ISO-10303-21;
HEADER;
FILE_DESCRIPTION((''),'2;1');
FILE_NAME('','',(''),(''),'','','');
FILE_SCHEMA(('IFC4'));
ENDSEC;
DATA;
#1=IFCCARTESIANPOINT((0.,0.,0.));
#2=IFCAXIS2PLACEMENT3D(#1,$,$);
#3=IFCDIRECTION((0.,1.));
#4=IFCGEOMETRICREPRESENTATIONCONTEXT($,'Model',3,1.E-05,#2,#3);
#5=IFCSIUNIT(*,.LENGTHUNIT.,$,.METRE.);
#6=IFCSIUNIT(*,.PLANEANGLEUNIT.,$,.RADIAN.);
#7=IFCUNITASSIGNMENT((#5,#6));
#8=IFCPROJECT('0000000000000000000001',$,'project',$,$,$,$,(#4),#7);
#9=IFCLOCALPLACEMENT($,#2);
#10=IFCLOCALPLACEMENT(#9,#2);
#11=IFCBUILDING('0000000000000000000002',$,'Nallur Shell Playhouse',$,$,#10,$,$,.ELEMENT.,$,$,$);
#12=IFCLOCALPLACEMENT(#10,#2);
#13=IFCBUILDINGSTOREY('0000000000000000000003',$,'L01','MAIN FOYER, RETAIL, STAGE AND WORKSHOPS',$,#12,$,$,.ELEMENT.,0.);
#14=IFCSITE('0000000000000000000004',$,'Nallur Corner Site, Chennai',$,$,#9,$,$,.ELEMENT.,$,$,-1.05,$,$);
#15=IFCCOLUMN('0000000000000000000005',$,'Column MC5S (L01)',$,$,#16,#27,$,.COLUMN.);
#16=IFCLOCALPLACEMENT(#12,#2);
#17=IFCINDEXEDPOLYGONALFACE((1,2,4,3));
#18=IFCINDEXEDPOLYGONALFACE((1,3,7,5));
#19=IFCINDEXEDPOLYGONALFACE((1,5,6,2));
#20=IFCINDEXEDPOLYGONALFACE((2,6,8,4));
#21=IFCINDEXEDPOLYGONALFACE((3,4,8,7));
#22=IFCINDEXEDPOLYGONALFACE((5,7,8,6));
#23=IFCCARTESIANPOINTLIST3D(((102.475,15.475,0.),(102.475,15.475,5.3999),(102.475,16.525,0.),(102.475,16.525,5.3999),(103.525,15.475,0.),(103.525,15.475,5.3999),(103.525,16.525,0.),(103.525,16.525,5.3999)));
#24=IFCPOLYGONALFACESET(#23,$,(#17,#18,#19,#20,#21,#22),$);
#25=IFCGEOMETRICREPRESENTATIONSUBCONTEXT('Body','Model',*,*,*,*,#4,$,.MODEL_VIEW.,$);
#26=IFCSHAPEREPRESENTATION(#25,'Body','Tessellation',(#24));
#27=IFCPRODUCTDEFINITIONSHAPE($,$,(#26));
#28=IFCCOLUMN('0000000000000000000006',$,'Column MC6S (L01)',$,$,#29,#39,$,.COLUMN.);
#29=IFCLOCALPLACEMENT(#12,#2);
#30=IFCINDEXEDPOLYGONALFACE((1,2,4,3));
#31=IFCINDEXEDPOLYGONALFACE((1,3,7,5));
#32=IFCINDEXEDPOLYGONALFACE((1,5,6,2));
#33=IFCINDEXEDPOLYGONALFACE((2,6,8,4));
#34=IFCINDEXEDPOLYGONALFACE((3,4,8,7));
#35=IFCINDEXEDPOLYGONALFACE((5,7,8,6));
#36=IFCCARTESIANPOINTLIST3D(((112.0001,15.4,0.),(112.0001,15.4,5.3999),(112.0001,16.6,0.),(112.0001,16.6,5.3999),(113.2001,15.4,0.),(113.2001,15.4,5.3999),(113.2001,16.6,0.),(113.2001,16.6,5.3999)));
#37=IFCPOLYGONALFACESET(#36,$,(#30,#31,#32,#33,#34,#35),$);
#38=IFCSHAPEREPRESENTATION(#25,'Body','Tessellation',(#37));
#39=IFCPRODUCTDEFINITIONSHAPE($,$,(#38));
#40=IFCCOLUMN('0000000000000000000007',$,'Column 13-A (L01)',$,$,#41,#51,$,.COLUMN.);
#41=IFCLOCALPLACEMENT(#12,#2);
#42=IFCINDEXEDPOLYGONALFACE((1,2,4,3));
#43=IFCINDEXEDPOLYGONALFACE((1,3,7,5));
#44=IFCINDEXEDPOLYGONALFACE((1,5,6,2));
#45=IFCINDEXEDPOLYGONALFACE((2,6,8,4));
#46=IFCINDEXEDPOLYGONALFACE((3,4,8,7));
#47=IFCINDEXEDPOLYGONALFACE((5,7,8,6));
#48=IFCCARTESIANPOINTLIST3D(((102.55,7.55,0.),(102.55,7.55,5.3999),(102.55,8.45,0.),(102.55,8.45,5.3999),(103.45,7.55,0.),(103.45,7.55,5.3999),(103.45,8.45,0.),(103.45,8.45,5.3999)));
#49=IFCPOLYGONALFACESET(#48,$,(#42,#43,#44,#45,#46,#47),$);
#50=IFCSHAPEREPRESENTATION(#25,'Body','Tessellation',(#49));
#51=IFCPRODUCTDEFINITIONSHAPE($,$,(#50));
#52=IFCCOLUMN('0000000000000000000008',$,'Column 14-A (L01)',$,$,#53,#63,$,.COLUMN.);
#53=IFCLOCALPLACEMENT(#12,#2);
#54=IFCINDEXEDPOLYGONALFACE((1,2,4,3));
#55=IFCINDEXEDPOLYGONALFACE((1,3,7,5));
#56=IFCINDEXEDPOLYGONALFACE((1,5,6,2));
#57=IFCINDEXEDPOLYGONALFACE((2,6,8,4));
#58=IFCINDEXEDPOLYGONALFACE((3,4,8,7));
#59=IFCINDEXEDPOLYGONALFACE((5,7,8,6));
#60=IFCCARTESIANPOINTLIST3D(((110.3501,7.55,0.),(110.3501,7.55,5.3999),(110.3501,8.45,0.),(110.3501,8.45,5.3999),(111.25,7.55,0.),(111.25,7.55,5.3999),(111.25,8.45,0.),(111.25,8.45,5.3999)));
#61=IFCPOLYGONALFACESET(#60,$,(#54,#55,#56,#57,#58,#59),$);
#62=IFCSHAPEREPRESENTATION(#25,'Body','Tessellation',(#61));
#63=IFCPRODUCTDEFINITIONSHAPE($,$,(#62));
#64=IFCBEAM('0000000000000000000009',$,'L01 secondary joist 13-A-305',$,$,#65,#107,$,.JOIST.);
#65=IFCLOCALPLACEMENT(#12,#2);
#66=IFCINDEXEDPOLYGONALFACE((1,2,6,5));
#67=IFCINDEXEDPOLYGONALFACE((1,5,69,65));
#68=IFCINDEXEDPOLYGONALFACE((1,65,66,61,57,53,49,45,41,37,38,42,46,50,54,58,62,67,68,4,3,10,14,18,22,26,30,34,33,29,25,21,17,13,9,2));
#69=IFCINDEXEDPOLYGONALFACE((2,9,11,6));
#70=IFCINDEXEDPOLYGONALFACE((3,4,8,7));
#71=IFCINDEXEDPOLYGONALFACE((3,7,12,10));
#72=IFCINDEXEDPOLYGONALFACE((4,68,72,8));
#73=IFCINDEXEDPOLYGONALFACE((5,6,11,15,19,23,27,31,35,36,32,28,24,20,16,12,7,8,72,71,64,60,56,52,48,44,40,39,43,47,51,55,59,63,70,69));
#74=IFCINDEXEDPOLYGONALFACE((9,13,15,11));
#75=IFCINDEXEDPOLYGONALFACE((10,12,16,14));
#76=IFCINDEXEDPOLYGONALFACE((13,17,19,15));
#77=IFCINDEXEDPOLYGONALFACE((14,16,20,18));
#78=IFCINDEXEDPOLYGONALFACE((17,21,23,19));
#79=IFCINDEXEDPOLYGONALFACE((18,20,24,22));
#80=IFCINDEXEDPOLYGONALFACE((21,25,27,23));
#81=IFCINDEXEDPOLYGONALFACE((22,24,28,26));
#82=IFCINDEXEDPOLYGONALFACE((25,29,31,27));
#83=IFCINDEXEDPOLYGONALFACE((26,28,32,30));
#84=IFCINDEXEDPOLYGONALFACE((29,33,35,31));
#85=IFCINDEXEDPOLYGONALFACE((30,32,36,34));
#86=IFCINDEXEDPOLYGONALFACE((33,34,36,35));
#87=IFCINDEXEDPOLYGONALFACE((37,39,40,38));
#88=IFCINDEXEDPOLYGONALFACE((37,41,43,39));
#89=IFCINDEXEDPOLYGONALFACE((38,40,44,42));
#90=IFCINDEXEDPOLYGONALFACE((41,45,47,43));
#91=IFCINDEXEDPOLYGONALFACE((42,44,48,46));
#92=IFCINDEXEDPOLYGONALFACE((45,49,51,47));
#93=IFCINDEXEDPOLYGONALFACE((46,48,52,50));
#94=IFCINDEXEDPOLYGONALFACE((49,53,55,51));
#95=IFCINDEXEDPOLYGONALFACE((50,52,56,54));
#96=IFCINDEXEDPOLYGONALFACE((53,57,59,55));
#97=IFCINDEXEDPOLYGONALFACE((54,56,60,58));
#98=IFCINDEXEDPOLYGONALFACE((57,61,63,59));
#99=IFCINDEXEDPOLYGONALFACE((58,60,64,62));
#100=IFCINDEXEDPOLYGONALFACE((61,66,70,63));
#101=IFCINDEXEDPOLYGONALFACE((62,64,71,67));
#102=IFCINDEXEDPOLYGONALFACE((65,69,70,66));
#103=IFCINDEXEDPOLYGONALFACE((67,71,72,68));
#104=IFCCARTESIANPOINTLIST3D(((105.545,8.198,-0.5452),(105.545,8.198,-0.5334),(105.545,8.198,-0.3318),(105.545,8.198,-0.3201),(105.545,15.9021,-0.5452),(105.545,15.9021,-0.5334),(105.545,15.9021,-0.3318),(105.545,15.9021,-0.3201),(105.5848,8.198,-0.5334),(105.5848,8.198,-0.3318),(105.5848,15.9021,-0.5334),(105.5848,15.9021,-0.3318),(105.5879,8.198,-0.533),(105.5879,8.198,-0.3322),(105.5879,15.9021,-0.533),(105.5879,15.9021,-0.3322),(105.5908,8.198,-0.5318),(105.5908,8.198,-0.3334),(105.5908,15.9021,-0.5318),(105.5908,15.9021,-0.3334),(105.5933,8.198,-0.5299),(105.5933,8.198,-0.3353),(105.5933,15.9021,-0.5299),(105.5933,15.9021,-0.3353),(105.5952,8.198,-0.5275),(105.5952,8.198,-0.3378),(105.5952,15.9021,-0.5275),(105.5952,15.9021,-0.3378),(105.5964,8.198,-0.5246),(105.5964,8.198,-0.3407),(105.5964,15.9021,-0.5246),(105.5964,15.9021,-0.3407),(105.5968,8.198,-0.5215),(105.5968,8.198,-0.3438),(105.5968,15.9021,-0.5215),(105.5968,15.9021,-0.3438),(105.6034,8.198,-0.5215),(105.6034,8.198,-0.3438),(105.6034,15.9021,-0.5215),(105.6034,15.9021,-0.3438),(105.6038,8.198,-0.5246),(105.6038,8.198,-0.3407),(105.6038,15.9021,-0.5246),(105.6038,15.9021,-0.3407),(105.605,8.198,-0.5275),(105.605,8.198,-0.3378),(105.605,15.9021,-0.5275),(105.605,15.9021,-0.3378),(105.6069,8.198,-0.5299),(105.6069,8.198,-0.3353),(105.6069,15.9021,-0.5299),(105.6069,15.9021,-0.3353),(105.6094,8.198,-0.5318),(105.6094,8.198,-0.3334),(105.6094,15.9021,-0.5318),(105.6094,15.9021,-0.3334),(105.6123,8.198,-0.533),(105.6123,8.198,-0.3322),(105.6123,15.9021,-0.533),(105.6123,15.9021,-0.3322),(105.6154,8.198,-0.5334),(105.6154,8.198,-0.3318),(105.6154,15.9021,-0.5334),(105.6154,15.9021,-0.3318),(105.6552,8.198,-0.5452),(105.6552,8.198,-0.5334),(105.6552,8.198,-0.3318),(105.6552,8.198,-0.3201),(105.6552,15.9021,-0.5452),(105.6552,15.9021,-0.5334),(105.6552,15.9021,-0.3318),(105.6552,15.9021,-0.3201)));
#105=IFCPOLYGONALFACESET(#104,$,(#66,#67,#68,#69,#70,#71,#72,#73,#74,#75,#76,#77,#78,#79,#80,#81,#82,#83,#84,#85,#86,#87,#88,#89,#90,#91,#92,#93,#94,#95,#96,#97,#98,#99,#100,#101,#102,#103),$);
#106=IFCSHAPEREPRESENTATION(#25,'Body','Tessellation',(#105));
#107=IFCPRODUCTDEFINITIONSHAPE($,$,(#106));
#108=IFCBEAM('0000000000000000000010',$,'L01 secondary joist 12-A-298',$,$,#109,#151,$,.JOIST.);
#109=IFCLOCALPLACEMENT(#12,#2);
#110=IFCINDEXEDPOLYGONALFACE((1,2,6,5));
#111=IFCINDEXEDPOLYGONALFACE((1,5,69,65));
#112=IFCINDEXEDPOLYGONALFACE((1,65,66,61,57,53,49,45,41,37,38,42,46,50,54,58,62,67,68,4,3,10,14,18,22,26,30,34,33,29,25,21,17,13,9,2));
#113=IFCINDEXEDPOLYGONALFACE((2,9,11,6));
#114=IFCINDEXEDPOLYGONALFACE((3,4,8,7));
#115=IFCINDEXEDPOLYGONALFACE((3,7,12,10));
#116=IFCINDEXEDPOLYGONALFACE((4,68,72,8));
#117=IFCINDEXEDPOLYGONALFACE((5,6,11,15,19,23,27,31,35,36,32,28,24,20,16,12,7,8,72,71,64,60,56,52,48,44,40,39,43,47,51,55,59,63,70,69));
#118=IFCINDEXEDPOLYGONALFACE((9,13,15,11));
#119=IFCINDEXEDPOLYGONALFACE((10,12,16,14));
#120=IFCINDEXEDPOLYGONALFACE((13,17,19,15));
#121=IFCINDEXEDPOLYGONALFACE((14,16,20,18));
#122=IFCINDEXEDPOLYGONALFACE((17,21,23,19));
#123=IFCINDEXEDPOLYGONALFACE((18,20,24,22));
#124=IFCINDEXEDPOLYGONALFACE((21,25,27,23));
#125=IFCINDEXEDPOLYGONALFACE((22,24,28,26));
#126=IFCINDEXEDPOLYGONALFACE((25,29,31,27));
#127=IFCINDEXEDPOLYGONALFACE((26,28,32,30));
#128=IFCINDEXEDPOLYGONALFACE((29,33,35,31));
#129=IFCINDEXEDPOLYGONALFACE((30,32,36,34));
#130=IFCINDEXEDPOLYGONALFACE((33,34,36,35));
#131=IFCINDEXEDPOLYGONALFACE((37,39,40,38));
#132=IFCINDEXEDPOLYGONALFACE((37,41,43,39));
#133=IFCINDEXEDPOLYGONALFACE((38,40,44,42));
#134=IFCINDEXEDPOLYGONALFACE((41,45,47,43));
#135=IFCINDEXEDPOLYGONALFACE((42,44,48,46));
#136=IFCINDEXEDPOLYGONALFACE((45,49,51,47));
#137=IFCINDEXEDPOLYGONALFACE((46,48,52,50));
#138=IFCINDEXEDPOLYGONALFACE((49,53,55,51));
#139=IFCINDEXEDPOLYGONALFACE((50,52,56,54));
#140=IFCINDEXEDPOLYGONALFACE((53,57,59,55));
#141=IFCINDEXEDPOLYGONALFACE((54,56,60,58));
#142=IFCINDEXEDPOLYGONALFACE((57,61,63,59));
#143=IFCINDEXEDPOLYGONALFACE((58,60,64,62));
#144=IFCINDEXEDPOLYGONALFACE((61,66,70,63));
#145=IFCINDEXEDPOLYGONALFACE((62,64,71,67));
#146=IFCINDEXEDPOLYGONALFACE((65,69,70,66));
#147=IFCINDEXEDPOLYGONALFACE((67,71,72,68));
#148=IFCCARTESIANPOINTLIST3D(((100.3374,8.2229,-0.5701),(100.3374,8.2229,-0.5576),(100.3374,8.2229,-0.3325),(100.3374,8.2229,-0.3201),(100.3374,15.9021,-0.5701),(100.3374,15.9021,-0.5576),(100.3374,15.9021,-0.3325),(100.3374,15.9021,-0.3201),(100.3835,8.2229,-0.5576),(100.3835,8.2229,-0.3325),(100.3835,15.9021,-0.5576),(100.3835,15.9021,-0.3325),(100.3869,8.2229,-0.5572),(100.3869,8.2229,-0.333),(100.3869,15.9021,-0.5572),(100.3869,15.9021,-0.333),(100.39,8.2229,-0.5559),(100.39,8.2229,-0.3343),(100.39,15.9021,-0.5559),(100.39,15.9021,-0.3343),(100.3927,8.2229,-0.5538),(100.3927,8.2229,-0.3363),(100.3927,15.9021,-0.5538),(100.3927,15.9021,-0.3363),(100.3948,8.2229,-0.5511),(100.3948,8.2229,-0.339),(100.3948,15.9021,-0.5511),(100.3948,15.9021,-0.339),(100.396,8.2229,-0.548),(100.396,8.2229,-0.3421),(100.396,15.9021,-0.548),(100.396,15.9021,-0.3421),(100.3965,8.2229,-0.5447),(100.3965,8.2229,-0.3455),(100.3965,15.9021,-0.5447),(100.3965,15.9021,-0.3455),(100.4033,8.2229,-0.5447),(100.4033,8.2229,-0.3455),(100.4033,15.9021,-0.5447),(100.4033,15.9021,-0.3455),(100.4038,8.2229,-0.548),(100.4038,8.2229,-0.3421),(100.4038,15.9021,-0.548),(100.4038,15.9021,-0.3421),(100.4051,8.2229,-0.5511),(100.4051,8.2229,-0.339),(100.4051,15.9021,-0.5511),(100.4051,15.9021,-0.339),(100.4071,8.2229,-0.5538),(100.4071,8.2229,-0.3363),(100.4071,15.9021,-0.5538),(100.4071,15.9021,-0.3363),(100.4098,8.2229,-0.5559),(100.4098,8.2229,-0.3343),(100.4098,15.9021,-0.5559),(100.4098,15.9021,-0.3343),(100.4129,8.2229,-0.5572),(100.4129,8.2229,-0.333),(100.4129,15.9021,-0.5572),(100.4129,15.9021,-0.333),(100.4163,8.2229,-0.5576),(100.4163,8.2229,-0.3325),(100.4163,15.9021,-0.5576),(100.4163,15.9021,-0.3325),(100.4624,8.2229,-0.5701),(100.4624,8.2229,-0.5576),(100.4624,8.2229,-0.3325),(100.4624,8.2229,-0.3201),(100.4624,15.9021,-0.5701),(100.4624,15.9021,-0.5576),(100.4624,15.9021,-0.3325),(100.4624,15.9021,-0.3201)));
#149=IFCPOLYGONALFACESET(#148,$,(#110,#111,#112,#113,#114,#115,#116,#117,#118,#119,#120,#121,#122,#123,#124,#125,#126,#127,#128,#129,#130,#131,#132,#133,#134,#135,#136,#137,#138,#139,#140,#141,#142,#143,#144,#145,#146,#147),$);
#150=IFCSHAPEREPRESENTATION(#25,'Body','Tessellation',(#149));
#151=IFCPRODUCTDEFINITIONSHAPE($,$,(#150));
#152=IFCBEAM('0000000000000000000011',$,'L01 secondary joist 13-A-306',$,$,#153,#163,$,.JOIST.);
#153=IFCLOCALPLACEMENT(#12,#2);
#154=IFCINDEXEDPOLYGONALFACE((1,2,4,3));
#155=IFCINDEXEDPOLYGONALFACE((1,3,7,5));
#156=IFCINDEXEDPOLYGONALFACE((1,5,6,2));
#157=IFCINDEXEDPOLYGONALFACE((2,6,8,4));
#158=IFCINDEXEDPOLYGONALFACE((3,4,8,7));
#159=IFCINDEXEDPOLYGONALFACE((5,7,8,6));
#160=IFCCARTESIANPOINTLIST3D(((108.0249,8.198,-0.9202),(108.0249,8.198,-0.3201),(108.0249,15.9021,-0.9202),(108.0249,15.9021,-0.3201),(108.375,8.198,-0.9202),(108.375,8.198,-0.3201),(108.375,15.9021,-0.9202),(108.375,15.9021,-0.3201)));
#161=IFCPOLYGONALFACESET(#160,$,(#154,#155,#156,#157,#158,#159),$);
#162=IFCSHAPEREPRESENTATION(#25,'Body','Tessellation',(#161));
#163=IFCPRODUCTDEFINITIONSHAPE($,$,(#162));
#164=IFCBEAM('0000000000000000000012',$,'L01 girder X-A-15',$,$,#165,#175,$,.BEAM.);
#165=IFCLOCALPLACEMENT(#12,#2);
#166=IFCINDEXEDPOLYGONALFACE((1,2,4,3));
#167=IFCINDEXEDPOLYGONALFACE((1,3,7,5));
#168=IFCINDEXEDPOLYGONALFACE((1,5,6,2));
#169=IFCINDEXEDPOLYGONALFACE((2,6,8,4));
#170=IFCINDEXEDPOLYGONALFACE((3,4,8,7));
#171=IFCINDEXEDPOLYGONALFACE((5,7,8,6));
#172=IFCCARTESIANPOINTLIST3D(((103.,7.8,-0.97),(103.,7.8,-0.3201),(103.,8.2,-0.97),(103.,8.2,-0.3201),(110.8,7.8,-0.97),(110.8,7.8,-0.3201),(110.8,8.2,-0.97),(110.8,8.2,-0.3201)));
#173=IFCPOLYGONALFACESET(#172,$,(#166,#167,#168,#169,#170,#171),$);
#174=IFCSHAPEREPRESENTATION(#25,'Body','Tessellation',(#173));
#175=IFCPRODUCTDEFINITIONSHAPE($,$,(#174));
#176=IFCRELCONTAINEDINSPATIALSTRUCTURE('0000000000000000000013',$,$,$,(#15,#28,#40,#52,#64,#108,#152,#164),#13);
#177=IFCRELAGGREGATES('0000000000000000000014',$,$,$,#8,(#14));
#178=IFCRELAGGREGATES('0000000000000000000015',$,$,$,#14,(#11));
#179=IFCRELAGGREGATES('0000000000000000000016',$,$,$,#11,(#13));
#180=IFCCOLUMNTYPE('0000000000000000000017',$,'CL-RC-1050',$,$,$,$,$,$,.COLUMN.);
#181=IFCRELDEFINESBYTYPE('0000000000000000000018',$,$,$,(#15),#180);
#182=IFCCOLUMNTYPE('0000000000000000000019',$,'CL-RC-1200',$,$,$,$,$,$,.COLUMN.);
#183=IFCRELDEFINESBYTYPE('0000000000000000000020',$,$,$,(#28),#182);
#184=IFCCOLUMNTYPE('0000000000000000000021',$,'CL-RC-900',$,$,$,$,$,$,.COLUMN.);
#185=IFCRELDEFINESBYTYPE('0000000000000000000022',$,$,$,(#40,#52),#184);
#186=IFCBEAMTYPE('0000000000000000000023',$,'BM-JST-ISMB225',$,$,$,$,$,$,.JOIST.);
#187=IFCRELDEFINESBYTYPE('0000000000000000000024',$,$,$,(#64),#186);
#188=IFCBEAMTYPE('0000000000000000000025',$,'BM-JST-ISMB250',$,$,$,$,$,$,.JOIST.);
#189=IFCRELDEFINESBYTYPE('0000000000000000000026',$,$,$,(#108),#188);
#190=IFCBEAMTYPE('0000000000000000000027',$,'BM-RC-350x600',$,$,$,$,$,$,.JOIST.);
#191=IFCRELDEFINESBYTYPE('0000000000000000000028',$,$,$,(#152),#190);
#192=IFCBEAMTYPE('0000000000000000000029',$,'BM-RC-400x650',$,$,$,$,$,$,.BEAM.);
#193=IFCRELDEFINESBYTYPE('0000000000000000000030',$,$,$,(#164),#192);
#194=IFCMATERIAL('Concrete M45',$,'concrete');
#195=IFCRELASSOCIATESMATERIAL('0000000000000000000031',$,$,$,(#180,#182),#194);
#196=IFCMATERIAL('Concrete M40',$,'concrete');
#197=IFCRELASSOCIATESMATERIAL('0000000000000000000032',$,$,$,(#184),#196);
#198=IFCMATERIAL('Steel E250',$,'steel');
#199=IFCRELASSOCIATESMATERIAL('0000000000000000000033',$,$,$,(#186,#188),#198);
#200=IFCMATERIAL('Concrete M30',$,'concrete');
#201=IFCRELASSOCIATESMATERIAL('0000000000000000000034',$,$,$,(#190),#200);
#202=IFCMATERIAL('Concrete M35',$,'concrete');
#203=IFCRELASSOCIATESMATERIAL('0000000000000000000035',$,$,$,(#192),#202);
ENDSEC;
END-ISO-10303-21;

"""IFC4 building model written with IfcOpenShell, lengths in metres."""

from ifc_helpers import new_model, si_unit, direction, frame, origin, origin_2d, place, context, subcontext, project, spatial, rectangle, i_section, extrude, material, material_profile, profile_set, type_object, element, save


model = new_model("IFC4")

# Units and contexts
model_context = context("Model", 3, precision=1e-05, world=origin(), true_north=direction((0.0, 1.0)))
body_context = subcontext(model_context, "Body", "Model", "MODEL_VIEW")
ifc_project = project(units=[si_unit("LENGTHUNIT", "METRE"), si_unit("PLANEANGLEUNIT", "RADIAN")], contexts=[model_context])

# Site, building, storey
site_placement = place(None, origin())
site = spatial("IfcSite", under=ifc_project, at=site_placement, Name="Nallur Corner Site, Chennai", CompositionType="ELEMENT", RefElevation=-1.05)
building_placement = place(site_placement, origin())
building = spatial("IfcBuilding", under=site, at=building_placement, Name="Nallur Shell Playhouse", CompositionType="ELEMENT")
storey_placement = place(building_placement, origin())
storey = spatial("IfcBuildingStorey", under=building, at=storey_placement, Name="L01", Description="MAIN FOYER, RETAIL, STAGE AND WORKSHOPS", CompositionType="ELEMENT", Elevation=0.0)

# Columns
ifc_material_1 = material(Name="Concrete M45", Category="concrete")
ifc_material_profile_1 = material_profile(ifc_material_1, rectangle(XDim=1.05, YDim=1.05, at=origin_2d()), Name="RC 1050x1050")
ifc_profile_set_1 = profile_set([ifc_material_profile_1], Name="Concrete M45")
column_type_1 = type_object("IfcColumnType", Name="CL-RC-1050", PredefinedType="COLUMN", material=ifc_profile_set_1)
column_1_placement = place(storey_placement, frame((103.0, 16.0, 0.0), z_axis=(0.0, 0.0, 1.0), x_axis=(1.0, 0.0, 0.0)))
element("IfcColumn", 1, at=column_1_placement, inside=storey, type_object=column_type_1, Name="Column MC5S (L01)", PredefinedType="COLUMN", context=body_context, shape_type="SweptSolid", body=[
    extrude(rectangle(XDim=1.05, YDim=1.05, at=origin_2d()), origin(), (0.0, 0.0, 1.0), 5.3999),
])
ifc_material_profile_2 = material_profile(ifc_material_1, rectangle(XDim=1.2, YDim=1.2, at=origin_2d()), Name="RC 1200x1200")
ifc_profile_set_2 = profile_set([ifc_material_profile_2], Name="Concrete M45")
column_type_2 = type_object("IfcColumnType", Name="CL-RC-1200", PredefinedType="COLUMN", material=ifc_profile_set_2)
column_2_placement = place(storey_placement, frame((112.6001, 16.0, 0.0), z_axis=(0.0, 0.0, 1.0), x_axis=(1.0, 0.0, 0.0)))
element("IfcColumn", 2, at=column_2_placement, inside=storey, type_object=column_type_2, Name="Column MC6S (L01)", PredefinedType="COLUMN", context=body_context, shape_type="SweptSolid", body=[
    extrude(rectangle(XDim=1.2, YDim=1.2, at=origin_2d()), origin(), (0.0, 0.0, 1.0), 5.3999),
])
ifc_material_2 = material(Name="Concrete M40", Category="concrete")
ifc_material_profile_3 = material_profile(ifc_material_2, rectangle(XDim=0.8999, YDim=0.8999, at=origin_2d()), Name="RC 900x900")
ifc_profile_set_3 = profile_set([ifc_material_profile_3], Name="Concrete M40")
column_type_3 = type_object("IfcColumnType", Name="CL-RC-900", PredefinedType="COLUMN", material=ifc_profile_set_3)
for number, where, z_axis, x_axis, name in (
    (3, (103.0, 8.0, 0.0), (0.0, 0.0, 1.0), (1.0, 0.0, 0.0), "Column 13-A (L01)"),
    (4, (110.8, 8.0, 0.0), (0.0, 0.0, 1.0), (1.0, 0.0, 0.0), "Column 14-A (L01)"),
):
    element("IfcColumn", number, at=place(storey_placement, frame(where, z_axis=z_axis, x_axis=x_axis)), inside=storey, type_object=column_type_3, Name=name, PredefinedType="COLUMN", context=body_context, shape_type="SweptSolid", body=[
        extrude(rectangle(XDim=0.8999, YDim=0.8999, at=origin_2d()), origin(), (0.0, 0.0, 1.0), 5.3999),
    ])

# Beams
ifc_material_3 = material(Name="Steel E250", Category="steel")
ifc_material_profile_4 = material_profile(ifc_material_3, i_section(OverallWidth=0.1101, OverallDepth=0.2251, WebThickness=0.0066, FlangeThickness=0.0117, FilletRadius=0.012, at=origin_2d()), Name="ISMB 225")
ifc_profile_set_4 = profile_set([ifc_material_profile_4], Name="Steel E250")
beam_type_1 = type_object("IfcBeamType", Name="BM-JST-ISMB225", PredefinedType="JOIST", material=ifc_profile_set_4)
beam_1_placement = place(storey_placement, frame((105.6001, 8.198, -0.4326), z_axis=(0.0, 1.0, 0.0), x_axis=(-1.0, 0.0, 0.0)))
element("IfcBeam", 5, at=beam_1_placement, inside=storey, type_object=beam_type_1, Name="L01 secondary joist 13-A-305", PredefinedType="JOIST", context=body_context, shape_type="SweptSolid", body=[
    extrude(i_section(OverallWidth=0.1101, OverallDepth=0.2251, WebThickness=0.0066, FlangeThickness=0.0117, FilletRadius=0.012, at=origin_2d()), origin(), (0.0, 0.0, 1.0), 7.7041),
])
ifc_material_profile_5 = material_profile(ifc_material_3, i_section(OverallWidth=0.125, OverallDepth=0.25, WebThickness=0.0068, FlangeThickness=0.0125, FilletRadius=0.0129, at=origin_2d()), Name="ISMB 250")
ifc_profile_set_5 = profile_set([ifc_material_profile_5], Name="Steel E250")
beam_type_2 = type_object("IfcBeamType", Name="BM-JST-ISMB250", PredefinedType="JOIST", material=ifc_profile_set_5)
beam_2_placement = place(storey_placement, frame((100.3999, 8.2229, -0.4451), z_axis=(0.0, 1.0, 0.0), x_axis=(-1.0, 0.0, 0.0)))
element("IfcBeam", 6, at=beam_2_placement, inside=storey, type_object=beam_type_2, Name="L01 secondary joist 12-A-298", PredefinedType="JOIST", context=body_context, shape_type="SweptSolid", body=[
    extrude(i_section(OverallWidth=0.125, OverallDepth=0.25, WebThickness=0.0068, FlangeThickness=0.0125, FilletRadius=0.0129, at=origin_2d()), origin(), (0.0, 0.0, 1.0), 7.6792),
])
ifc_material_4 = material(Name="Concrete M30", Category="concrete")
ifc_material_profile_6 = material_profile(ifc_material_4, rectangle(XDim=0.3501, YDim=0.6001, at=origin_2d()), Name="RC 350x600")
ifc_profile_set_6 = profile_set([ifc_material_profile_6], Name="Concrete M30")
beam_type_3 = type_object("IfcBeamType", Name="BM-RC-350x600", PredefinedType="JOIST", material=ifc_profile_set_6)
beam_3_placement = place(storey_placement, frame((108.2, 8.198, -0.6201), z_axis=(0.0, 1.0, 0.0), x_axis=(-1.0, 0.0, 0.0)))
element("IfcBeam", 7, at=beam_3_placement, inside=storey, type_object=beam_type_3, Name="L01 secondary joist 13-A-306", PredefinedType="JOIST", context=body_context, shape_type="SweptSolid", body=[
    extrude(rectangle(XDim=0.3501, YDim=0.6001, at=origin_2d()), origin(), (0.0, 0.0, 1.0), 7.7041),
])
ifc_material_5 = material(Name="Concrete M35", Category="concrete")
ifc_material_profile_7 = material_profile(ifc_material_5, rectangle(XDim=0.3999, YDim=0.6499, at=origin_2d()), Name="RC 400x650")
ifc_profile_set_7 = profile_set([ifc_material_profile_7], Name="Concrete M35")
beam_type_4 = type_object("IfcBeamType", Name="BM-RC-400x650", PredefinedType="BEAM", material=ifc_profile_set_7)
beam_4_placement = place(storey_placement, frame((103.0, 8.0, -0.645), z_axis=(1.0, 0.0, 0.0), x_axis=(0.0, 1.0, 0.0)))
element("IfcBeam", 8, at=beam_4_placement, inside=storey, type_object=beam_type_4, Name="L01 girder X-A-15", PredefinedType="BEAM", context=body_context, shape_type="SweptSolid", body=[
    extrude(rectangle(XDim=0.3999, YDim=0.6499, at=origin_2d()), origin(), (0.0, 0.0, 1.0), 7.8),
])

save(model, "model.ifc")
